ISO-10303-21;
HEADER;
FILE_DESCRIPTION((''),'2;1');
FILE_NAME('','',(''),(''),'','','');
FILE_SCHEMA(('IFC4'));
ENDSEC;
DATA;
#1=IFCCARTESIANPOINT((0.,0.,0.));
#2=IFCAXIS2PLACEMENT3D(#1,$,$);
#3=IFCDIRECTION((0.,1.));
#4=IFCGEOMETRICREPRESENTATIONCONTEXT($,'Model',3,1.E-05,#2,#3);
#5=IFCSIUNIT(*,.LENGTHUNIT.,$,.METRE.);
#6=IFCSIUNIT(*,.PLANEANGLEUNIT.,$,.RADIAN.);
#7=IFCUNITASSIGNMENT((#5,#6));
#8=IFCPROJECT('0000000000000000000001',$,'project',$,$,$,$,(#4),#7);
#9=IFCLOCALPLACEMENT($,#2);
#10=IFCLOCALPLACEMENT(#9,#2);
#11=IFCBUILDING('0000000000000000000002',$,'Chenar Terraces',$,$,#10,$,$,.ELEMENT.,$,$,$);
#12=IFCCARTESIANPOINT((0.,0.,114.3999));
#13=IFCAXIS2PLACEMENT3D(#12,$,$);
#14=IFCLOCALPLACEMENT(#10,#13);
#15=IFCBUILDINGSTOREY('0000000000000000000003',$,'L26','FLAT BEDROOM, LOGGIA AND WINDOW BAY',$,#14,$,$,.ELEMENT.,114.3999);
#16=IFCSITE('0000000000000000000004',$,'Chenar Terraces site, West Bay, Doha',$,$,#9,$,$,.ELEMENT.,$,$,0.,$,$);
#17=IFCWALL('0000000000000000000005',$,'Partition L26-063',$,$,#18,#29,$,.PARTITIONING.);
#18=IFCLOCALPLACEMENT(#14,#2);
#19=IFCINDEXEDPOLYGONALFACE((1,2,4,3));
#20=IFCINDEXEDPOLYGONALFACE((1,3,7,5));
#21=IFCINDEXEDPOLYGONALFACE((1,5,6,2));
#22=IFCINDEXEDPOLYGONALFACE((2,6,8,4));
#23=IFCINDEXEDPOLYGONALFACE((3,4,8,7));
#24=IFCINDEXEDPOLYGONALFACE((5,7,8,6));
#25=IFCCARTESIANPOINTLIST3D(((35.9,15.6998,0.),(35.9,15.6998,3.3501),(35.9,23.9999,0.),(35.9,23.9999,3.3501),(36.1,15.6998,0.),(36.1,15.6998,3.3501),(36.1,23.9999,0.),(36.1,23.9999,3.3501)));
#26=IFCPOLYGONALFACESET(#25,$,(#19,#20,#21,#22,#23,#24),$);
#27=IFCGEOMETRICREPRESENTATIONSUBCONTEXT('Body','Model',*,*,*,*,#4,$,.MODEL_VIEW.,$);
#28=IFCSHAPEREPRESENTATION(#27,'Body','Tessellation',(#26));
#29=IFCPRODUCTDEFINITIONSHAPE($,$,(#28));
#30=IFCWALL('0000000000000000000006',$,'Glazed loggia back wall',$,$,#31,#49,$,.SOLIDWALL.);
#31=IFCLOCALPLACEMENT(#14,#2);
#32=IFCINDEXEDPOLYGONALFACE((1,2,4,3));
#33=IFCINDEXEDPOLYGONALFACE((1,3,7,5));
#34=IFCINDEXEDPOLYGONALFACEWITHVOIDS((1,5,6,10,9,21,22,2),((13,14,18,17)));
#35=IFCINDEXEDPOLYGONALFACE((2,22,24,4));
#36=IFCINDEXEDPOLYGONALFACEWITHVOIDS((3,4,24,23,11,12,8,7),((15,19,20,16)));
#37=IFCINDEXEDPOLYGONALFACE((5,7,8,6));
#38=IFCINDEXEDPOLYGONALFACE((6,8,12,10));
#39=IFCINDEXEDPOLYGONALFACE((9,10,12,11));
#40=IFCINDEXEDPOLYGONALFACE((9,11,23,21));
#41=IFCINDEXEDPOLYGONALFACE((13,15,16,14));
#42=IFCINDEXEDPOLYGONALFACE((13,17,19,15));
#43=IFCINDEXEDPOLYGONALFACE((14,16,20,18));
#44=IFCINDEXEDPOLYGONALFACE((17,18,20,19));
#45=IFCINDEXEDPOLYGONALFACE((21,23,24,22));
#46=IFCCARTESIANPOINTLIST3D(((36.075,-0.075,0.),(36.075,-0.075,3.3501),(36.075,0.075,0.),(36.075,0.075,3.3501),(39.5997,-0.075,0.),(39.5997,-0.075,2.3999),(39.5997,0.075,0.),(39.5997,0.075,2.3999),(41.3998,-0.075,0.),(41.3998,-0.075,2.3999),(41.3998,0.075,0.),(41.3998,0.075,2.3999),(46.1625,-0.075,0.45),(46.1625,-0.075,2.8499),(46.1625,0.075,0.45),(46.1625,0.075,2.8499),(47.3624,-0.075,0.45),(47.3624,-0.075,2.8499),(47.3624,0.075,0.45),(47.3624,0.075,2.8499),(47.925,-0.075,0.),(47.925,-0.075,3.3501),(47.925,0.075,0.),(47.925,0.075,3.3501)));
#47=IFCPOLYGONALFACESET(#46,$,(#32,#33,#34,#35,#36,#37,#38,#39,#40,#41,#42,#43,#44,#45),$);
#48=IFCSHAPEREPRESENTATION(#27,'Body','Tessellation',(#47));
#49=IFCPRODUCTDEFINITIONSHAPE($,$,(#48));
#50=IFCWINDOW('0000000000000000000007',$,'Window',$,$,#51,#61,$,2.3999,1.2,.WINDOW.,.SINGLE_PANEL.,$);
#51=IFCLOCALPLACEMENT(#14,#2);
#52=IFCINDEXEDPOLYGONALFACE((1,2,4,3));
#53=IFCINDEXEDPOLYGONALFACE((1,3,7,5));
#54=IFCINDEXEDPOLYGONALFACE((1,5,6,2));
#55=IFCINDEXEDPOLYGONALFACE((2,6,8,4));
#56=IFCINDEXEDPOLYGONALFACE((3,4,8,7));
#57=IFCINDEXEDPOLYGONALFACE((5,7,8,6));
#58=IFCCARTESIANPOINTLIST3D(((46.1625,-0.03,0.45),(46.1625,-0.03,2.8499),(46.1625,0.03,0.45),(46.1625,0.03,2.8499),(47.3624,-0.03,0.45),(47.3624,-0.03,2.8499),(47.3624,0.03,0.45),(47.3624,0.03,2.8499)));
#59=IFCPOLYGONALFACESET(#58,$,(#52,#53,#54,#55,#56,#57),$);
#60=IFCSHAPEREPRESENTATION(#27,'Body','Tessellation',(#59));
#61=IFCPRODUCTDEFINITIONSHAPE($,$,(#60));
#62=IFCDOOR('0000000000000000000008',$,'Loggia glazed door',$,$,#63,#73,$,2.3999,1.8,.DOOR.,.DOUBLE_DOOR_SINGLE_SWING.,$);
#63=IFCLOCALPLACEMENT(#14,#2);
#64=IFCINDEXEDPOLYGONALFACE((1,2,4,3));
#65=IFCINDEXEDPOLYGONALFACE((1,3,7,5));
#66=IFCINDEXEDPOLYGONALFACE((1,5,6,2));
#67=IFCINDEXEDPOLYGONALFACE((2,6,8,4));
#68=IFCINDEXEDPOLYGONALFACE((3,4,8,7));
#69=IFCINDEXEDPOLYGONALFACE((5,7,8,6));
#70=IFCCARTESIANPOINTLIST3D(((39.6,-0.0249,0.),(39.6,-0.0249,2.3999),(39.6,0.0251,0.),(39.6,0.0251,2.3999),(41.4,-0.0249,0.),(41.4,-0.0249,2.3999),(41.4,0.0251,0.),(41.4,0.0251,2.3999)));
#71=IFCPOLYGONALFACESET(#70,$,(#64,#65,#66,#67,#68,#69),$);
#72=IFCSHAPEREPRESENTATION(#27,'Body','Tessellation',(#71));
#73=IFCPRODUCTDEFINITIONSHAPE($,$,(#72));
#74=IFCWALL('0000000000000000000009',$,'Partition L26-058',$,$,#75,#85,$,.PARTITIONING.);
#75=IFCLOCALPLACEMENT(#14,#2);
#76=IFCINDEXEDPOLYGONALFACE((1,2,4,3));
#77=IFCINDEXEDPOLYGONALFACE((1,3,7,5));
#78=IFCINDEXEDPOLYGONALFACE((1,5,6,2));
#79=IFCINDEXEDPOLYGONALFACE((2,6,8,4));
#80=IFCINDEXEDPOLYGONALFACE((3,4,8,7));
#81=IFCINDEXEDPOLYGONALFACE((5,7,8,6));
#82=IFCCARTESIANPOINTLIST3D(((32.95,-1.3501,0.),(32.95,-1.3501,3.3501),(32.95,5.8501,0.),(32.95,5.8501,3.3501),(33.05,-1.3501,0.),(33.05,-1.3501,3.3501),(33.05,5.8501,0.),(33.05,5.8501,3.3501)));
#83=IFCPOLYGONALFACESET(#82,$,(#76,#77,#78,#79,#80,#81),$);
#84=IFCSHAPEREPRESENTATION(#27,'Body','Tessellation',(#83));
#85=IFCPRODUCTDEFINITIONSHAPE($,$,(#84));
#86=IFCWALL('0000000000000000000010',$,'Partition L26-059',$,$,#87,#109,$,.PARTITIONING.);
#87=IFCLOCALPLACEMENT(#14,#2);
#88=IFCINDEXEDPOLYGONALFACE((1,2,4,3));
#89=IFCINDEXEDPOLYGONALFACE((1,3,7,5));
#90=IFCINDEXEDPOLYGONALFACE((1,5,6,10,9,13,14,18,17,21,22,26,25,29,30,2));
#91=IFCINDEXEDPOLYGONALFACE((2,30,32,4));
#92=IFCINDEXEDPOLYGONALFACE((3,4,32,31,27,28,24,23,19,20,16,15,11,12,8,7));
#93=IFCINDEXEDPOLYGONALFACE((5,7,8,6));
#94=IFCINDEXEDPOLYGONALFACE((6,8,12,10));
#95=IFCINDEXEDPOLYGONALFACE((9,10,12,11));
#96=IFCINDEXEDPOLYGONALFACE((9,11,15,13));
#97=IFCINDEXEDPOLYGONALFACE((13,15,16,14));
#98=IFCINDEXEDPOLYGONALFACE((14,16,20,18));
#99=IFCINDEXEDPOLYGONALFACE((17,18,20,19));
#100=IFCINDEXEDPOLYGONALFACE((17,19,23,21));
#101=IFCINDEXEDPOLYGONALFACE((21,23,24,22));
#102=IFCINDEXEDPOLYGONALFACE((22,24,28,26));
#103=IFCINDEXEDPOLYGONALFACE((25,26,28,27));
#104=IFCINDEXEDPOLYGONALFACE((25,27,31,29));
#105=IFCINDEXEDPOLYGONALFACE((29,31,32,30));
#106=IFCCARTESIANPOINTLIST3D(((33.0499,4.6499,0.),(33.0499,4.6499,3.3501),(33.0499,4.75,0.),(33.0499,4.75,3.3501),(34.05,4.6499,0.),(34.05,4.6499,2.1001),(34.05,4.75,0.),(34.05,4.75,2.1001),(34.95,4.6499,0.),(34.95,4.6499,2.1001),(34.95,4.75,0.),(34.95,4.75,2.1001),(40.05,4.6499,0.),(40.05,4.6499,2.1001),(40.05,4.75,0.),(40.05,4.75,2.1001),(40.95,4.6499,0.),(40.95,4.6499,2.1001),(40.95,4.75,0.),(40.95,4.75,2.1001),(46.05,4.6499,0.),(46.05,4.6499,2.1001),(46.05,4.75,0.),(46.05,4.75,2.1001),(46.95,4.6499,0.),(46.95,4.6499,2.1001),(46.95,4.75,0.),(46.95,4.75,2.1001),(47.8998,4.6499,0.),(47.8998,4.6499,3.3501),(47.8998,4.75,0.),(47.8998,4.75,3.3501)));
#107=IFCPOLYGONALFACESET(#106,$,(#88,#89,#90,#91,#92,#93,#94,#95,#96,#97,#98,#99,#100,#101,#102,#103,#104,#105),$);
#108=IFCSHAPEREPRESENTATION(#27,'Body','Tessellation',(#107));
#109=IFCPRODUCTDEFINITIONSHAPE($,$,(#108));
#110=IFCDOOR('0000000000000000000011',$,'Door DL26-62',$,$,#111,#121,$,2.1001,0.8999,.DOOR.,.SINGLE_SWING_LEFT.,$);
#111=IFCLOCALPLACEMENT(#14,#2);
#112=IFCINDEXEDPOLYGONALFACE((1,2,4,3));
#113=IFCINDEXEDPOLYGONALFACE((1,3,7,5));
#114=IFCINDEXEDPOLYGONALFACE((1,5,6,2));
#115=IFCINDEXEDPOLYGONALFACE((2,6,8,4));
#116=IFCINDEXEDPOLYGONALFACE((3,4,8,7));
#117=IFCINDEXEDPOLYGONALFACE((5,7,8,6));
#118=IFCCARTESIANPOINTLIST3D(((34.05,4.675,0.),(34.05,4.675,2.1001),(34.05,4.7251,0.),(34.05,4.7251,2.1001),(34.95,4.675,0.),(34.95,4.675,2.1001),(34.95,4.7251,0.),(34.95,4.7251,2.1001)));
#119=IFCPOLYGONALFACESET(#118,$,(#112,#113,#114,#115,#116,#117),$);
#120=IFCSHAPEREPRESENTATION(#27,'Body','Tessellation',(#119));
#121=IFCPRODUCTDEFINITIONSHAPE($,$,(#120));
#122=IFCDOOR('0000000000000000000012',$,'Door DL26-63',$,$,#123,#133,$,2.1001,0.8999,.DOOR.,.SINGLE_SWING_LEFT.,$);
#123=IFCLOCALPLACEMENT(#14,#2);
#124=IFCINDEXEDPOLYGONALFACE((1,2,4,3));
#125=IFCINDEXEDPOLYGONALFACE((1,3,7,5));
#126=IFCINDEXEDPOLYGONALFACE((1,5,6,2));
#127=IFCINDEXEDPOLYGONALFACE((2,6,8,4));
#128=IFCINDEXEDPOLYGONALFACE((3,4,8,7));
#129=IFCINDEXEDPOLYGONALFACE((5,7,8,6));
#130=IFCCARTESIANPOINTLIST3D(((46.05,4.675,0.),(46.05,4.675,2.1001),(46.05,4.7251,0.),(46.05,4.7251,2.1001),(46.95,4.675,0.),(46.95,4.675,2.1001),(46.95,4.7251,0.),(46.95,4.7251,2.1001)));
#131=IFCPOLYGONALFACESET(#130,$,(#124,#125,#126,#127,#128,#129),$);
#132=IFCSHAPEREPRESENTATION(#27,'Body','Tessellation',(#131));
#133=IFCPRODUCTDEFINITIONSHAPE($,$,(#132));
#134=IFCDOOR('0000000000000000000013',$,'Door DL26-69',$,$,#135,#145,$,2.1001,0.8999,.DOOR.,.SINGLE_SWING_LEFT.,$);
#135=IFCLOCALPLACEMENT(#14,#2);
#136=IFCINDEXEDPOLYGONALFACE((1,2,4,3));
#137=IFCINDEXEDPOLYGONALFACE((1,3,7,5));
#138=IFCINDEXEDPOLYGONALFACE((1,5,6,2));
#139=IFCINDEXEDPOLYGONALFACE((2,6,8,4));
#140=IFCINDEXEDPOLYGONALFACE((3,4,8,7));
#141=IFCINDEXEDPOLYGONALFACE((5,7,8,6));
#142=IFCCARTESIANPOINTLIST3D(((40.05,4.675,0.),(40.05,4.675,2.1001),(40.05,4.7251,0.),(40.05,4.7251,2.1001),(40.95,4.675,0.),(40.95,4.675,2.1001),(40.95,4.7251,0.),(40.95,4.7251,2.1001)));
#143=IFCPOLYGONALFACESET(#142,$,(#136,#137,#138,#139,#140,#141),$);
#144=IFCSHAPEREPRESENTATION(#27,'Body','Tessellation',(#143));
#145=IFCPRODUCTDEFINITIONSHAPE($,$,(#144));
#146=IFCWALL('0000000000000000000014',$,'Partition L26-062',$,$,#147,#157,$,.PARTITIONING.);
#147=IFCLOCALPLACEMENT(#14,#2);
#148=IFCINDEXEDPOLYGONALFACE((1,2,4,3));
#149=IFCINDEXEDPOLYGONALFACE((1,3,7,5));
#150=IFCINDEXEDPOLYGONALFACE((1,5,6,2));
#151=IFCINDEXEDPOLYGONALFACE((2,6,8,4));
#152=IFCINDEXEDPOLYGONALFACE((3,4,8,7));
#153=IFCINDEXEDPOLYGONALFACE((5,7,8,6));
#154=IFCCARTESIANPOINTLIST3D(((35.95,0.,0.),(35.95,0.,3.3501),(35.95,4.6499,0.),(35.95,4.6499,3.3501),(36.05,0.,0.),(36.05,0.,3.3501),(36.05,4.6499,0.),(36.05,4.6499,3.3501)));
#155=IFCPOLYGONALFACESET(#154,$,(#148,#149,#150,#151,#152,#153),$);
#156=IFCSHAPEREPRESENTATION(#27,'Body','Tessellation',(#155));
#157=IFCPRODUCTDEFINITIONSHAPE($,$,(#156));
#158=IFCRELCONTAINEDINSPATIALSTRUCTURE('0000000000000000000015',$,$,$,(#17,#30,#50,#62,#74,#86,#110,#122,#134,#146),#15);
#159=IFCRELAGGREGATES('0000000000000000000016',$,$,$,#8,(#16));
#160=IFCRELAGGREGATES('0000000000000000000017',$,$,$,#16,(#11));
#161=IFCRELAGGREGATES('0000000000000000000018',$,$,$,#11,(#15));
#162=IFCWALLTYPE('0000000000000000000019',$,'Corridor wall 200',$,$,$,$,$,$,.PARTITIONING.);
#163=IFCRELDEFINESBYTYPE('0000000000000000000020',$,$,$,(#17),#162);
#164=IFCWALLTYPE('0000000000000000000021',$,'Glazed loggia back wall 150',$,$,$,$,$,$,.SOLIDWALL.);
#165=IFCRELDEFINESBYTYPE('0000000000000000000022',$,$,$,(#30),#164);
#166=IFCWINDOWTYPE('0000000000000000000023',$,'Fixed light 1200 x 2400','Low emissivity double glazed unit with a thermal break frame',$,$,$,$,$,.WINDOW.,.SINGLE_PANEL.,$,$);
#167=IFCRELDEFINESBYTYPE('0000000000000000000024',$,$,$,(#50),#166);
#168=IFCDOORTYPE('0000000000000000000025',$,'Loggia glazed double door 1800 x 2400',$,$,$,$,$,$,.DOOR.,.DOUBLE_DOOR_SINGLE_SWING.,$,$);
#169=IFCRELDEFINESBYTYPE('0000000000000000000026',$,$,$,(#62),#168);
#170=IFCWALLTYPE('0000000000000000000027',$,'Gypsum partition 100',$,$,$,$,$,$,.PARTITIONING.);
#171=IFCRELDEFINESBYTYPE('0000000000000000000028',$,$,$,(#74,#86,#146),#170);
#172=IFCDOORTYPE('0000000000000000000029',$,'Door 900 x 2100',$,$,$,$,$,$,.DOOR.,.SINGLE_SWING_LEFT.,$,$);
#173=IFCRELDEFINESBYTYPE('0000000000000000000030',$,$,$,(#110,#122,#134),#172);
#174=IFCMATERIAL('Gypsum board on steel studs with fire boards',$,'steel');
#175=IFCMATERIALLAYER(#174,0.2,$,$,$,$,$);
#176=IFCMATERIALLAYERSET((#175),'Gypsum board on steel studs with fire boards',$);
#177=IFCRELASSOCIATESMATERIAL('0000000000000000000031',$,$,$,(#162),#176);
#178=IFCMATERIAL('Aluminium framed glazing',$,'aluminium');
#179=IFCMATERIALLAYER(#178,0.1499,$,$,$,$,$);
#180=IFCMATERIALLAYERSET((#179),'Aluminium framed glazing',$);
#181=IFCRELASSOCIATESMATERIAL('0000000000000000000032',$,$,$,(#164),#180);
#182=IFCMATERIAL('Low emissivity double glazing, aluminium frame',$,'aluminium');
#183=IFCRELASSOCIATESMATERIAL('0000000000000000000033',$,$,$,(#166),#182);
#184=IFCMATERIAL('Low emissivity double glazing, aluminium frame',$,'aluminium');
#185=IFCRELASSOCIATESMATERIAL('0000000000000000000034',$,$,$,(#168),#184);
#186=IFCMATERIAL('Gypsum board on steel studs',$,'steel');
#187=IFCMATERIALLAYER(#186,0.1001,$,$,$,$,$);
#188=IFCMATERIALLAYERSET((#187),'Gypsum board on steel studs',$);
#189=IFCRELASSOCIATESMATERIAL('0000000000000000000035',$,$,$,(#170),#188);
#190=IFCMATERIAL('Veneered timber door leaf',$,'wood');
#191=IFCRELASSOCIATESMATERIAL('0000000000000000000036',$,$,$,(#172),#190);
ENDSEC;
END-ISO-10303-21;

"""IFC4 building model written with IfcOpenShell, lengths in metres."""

from ifc_helpers import new_model, si_unit, direction, frame, frame_2d, origin, place, context, subcontext, project, spatial, rectangle, extrude, material, layer, layer_set, type_object, element, fill, save


model = new_model("IFC4")

# Units and contexts
model_context = context("Model", 3, precision=1e-05, world=origin(), true_north=direction((0.0, 1.0)))
body_context = subcontext(model_context, "Body", "Model", "MODEL_VIEW")
ifc_project = project(units=[si_unit("LENGTHUNIT", "METRE"), si_unit("PLANEANGLEUNIT", "RADIAN")], contexts=[model_context])

# Site, building, storey
site_placement = place(None, origin())
site = spatial("IfcSite", under=ifc_project, at=site_placement, Name="Chenar Terraces site, West Bay, Doha", CompositionType="ELEMENT", RefElevation=0.0)
building_placement = place(site_placement, origin())
building = spatial("IfcBuilding", under=site, at=building_placement, Name="Chenar Terraces", CompositionType="ELEMENT")
storey_placement = place(building_placement, frame((0.0, 0.0, 114.3999)))
storey = spatial("IfcBuildingStorey", under=building, at=storey_placement, Name="L26", Description="FLAT BEDROOM, LOGGIA AND WINDOW BAY", CompositionType="ELEMENT", Elevation=114.3999)

# Shared definitions
ifc_material_1 = material(Name="Gypsum board on steel studs with fire boards", Category="steel")
ifc_layer_1 = layer(ifc_material_1, 0.2)
ifc_layer_set_1 = layer_set([ifc_layer_1], Name="Gypsum board on steel studs with fire boards")
wall_type_1 = type_object("IfcWallType", Name="Corridor wall 200", PredefinedType="PARTITIONING", material=ifc_layer_set_1)

# Wall
wall_1_placement = place(storey_placement, frame((36.0, 15.7, 0.0), z_axis=(0.0, 0.0, 1.0), x_axis=(0.0, 1.0, 0.0)))
element("IfcWall", 1, at=wall_1_placement, inside=storey, type_object=wall_type_1, Name="Partition L26-063", PredefinedType="PARTITIONING", context=body_context, shape_type="SweptSolid", body=[
    extrude(rectangle(XDim=8.3, YDim=0.2, at=frame_2d((4.1499, 0.0))), origin(), (0.0, 0.0, 1.0), 3.3501),
])

# Wall, openings, window, door
ifc_material_2 = material(Name="Aluminium framed glazing", Category="aluminium")
ifc_layer_2 = layer(ifc_material_2, 0.1499)
ifc_layer_set_2 = layer_set([ifc_layer_2], Name="Aluminium framed glazing")
wall_type_2 = type_object("IfcWallType", Name="Glazed loggia back wall 150", PredefinedType="SOLIDWALL", material=ifc_layer_set_2)
wall_2_placement = place(storey_placement, frame((36.075, 0.0, 0.0), z_axis=(0.0, 0.0, 1.0), x_axis=(1.0, 0.0, 0.0)))
wall_2 = element("IfcWall", 2, at=wall_2_placement, inside=storey, type_object=wall_type_2, Name="Glazed loggia back wall", PredefinedType="SOLIDWALL", context=body_context, shape_type="SweptSolid", body=[
    extrude(rectangle(XDim=11.8501, YDim=0.1499, at=frame_2d((5.925, 0.0))), origin(), (0.0, 0.0, 1.0), 3.3501),
])
opening_1_placement = place(wall_2_placement, frame((3.5249, 0.0, 0.0)))
opening_1 = element("IfcOpeningElement", 3, at=opening_1_placement, cuts=wall_2, PredefinedType="OPENING", context=body_context, shape_type="SweptSolid", body=[
    extrude(rectangle(XDim=1.8, YDim=2.3999, at=frame_2d((0.8999, 1.2))), frame((0.0, 0.085, 0.0), z_axis=(0.0, -1.0, 0.0), x_axis=(1.0, 0.0, 0.0)), (0.0, 0.0, 1.0), 0.1699),
])
opening_2_placement = place(wall_2_placement, frame((10.0874, 0.0, 0.45)))
opening_2 = element("IfcOpeningElement", 4, at=opening_2_placement, cuts=wall_2, PredefinedType="OPENING", context=body_context, shape_type="SweptSolid", body=[
    extrude(rectangle(XDim=1.2, YDim=2.3999, at=frame_2d((0.6001, 1.2))), frame((0.0, 0.085, 0.0), z_axis=(0.0, -1.0, 0.0), x_axis=(1.0, 0.0, 0.0)), (0.0, 0.0, 1.0), 0.1699),
])
ifc_material_3 = material(Name="Low emissivity double glazing, aluminium frame", Category="aluminium")
window_type = type_object("IfcWindowType", Name="Fixed light 1200 x 2400", Description="Low emissivity double glazed unit with a thermal break frame", PartitioningType="SINGLE_PANEL", PredefinedType="WINDOW", material=ifc_material_3)
window_placement = place(opening_2_placement, origin())
window = element("IfcWindow", 5, at=window_placement, inside=storey, type_object=window_type, Name="Window", OverallHeight=2.3999, OverallWidth=1.2, PartitioningType="SINGLE_PANEL", PredefinedType="WINDOW", context=body_context, shape_type="SweptSolid", body=[
    extrude(rectangle(XDim=1.2, YDim=2.3999, at=frame_2d((0.6001, 1.2))), frame((0.0, 0.03, 0.0), z_axis=(0.0, -1.0, 0.0), x_axis=(1.0, 0.0, 0.0)), (0.0, 0.0, 1.0), 0.0601),
])
fill(opening_2, window)
ifc_material_4 = material(Name="Low emissivity double glazing, aluminium frame", Category="aluminium")
door_type_1 = type_object("IfcDoorType", Name="Loggia glazed double door 1800 x 2400", OperationType="DOUBLE_DOOR_SINGLE_SWING", PredefinedType="DOOR", material=ifc_material_4)
door_1_placement = place(opening_1_placement, frame((1.8, 0.0, 0.0), z_axis=(0.0, 0.0, 1.0), x_axis=(-1.0, 0.0, 0.0)))
door_1 = element("IfcDoor", 6, at=door_1_placement, inside=storey, type_object=door_type_1, Name="Loggia glazed door", OperationType="DOUBLE_DOOR_SINGLE_SWING", OverallHeight=2.3999, OverallWidth=1.8, PredefinedType="DOOR", context=body_context, shape_type="SweptSolid", body=[
    extrude(rectangle(XDim=1.8, YDim=2.3999, at=frame_2d((0.8999, 1.2))), frame((0.0, 0.0249, 0.0), z_axis=(0.0, -1.0, 0.0), x_axis=(1.0, 0.0, 0.0)), (0.0, 0.0, 1.0), 0.05),
])
fill(opening_1, door_1)

# Wall
ifc_material_5 = material(Name="Gypsum board on steel studs", Category="steel")
ifc_layer_3 = layer(ifc_material_5, 0.1001)
ifc_layer_set_3 = layer_set([ifc_layer_3], Name="Gypsum board on steel studs")
wall_type_3 = type_object("IfcWallType", Name="Gypsum partition 100", PredefinedType="PARTITIONING", material=ifc_layer_set_3)
wall_3_placement = place(storey_placement, frame((33.0, -1.3501, 0.0), z_axis=(0.0, 0.0, 1.0), x_axis=(0.0, 1.0, 0.0)))
element("IfcWall", 7, at=wall_3_placement, inside=storey, type_object=wall_type_3, Name="Partition L26-058", PredefinedType="PARTITIONING", context=body_context, shape_type="SweptSolid", body=[
    extrude(rectangle(XDim=7.2002, YDim=0.1001, at=frame_2d((3.6001, 0.0))), origin(), (0.0, 0.0, 1.0), 3.3501),
])

# Wall, openings, doors
wall_4_placement = place(storey_placement, frame((33.05, 4.7, 0.0), z_axis=(0.0, 0.0, 1.0), x_axis=(1.0, 0.0, 0.0)))
wall_4 = element("IfcWall", 8, at=wall_4_placement, inside=storey, type_object=wall_type_3, Name="Partition L26-059", PredefinedType="PARTITIONING", context=body_context, shape_type="SweptSolid", body=[
    extrude(rectangle(XDim=14.8499, YDim=0.1001, at=frame_2d((7.4248, 0.0))), origin(), (0.0, 0.0, 1.0), 3.3501),
])
opening_3_placement = place(wall_4_placement, frame((1.0, 0.0, 0.0)))
opening_3 = element("IfcOpeningElement", 9, at=opening_3_placement, cuts=wall_4, PredefinedType="OPENING", context=body_context, shape_type="SweptSolid", body=[
    extrude(rectangle(XDim=0.8999, YDim=2.1001, at=frame_2d((0.45, 1.05))), frame((0.0, 0.0601, 0.0), z_axis=(0.0, -1.0, 0.0), x_axis=(1.0, 0.0, 0.0)), (0.0, 0.0, 1.0), 0.1201),
])
opening_4_placement = place(wall_4_placement, frame((13.0, 0.0, 0.0)))
opening_4 = element("IfcOpeningElement", 10, at=opening_4_placement, cuts=wall_4, PredefinedType="OPENING", context=body_context, shape_type="SweptSolid", body=[
    extrude(rectangle(XDim=0.8999, YDim=2.1001, at=frame_2d((0.45, 1.05))), frame((0.0, 0.0601, 0.0), z_axis=(0.0, -1.0, 0.0), x_axis=(1.0, 0.0, 0.0)), (0.0, 0.0, 1.0), 0.1201),
])
opening_5_placement = place(wall_4_placement, frame((7.0, 0.0, 0.0)))
opening_5 = element("IfcOpeningElement", 11, at=opening_5_placement, cuts=wall_4, PredefinedType="OPENING", context=body_context, shape_type="SweptSolid", body=[
    extrude(rectangle(XDim=0.8999, YDim=2.1001, at=frame_2d((0.45, 1.05))), frame((0.0, 0.0601, 0.0), z_axis=(0.0, -1.0, 0.0), x_axis=(1.0, 0.0, 0.0)), (0.0, 0.0, 1.0), 0.1201),
])
ifc_material_6 = material(Name="Veneered timber door leaf", Category="wood")
door_type_2 = type_object("IfcDoorType", Name="Door 900 x 2100", OperationType="SINGLE_SWING_LEFT", PredefinedType="DOOR", material=ifc_material_6)
door_2_placement = place(opening_3_placement, frame((0.8999, 0.0, 0.0), z_axis=(0.0, 0.0, 1.0), x_axis=(-1.0, 0.0, 0.0)))
door_2 = element("IfcDoor", 12, at=door_2_placement, inside=storey, type_object=door_type_2, Name="Door DL26-62", OperationType="SINGLE_SWING_LEFT", OverallHeight=2.1001, OverallWidth=0.8999, PredefinedType="DOOR", context=body_context, shape_type="SweptSolid", body=[
    extrude(rectangle(XDim=0.8999, YDim=2.1001, at=frame_2d((0.45, 1.05))), frame((0.0, 0.0249, 0.0), z_axis=(0.0, -1.0, 0.0), x_axis=(1.0, 0.0, 0.0)), (0.0, 0.0, 1.0), 0.05),
])
fill(opening_3, door_2)
door_3_placement = place(opening_4_placement, frame((0.8999, 0.0, 0.0), z_axis=(0.0, 0.0, 1.0), x_axis=(-1.0, 0.0, 0.0)))
door_3 = element("IfcDoor", 13, at=door_3_placement, inside=storey, type_object=door_type_2, Name="Door DL26-63", OperationType="SINGLE_SWING_LEFT", OverallHeight=2.1001, OverallWidth=0.8999, PredefinedType="DOOR", context=body_context, shape_type="SweptSolid", body=[
    extrude(rectangle(XDim=0.8999, YDim=2.1001, at=frame_2d((0.45, 1.05))), frame((0.0, 0.0249, 0.0), z_axis=(0.0, -1.0, 0.0), x_axis=(1.0, 0.0, 0.0)), (0.0, 0.0, 1.0), 0.05),
])
fill(opening_4, door_3)
door_4_placement = place(opening_5_placement, frame((0.8999, 0.0, 0.0), z_axis=(0.0, 0.0, 1.0), x_axis=(-1.0, 0.0, 0.0)))
door_4 = element("IfcDoor", 14, at=door_4_placement, inside=storey, type_object=door_type_2, Name="Door DL26-69", OperationType="SINGLE_SWING_LEFT", OverallHeight=2.1001, OverallWidth=0.8999, PredefinedType="DOOR", context=body_context, shape_type="SweptSolid", body=[
    extrude(rectangle(XDim=0.8999, YDim=2.1001, at=frame_2d((0.45, 1.05))), frame((0.0, 0.0249, 0.0), z_axis=(0.0, -1.0, 0.0), x_axis=(1.0, 0.0, 0.0)), (0.0, 0.0, 1.0), 0.05),
])
fill(opening_5, door_4)

# Wall
wall_5_placement = place(storey_placement, frame((36.0, 0.0, 0.0), z_axis=(0.0, 0.0, 1.0), x_axis=(0.0, 1.0, 0.0)))
element("IfcWall", 15, at=wall_5_placement, inside=storey, type_object=wall_type_3, Name="Partition L26-062", PredefinedType="PARTITIONING", context=body_context, shape_type="SweptSolid", body=[
    extrude(rectangle(XDim=4.6499, YDim=0.1001, at=frame_2d((2.325, 0.0))), origin(), (0.0, 0.0, 1.0), 3.3501),
])

save(model, "model.ifc")
